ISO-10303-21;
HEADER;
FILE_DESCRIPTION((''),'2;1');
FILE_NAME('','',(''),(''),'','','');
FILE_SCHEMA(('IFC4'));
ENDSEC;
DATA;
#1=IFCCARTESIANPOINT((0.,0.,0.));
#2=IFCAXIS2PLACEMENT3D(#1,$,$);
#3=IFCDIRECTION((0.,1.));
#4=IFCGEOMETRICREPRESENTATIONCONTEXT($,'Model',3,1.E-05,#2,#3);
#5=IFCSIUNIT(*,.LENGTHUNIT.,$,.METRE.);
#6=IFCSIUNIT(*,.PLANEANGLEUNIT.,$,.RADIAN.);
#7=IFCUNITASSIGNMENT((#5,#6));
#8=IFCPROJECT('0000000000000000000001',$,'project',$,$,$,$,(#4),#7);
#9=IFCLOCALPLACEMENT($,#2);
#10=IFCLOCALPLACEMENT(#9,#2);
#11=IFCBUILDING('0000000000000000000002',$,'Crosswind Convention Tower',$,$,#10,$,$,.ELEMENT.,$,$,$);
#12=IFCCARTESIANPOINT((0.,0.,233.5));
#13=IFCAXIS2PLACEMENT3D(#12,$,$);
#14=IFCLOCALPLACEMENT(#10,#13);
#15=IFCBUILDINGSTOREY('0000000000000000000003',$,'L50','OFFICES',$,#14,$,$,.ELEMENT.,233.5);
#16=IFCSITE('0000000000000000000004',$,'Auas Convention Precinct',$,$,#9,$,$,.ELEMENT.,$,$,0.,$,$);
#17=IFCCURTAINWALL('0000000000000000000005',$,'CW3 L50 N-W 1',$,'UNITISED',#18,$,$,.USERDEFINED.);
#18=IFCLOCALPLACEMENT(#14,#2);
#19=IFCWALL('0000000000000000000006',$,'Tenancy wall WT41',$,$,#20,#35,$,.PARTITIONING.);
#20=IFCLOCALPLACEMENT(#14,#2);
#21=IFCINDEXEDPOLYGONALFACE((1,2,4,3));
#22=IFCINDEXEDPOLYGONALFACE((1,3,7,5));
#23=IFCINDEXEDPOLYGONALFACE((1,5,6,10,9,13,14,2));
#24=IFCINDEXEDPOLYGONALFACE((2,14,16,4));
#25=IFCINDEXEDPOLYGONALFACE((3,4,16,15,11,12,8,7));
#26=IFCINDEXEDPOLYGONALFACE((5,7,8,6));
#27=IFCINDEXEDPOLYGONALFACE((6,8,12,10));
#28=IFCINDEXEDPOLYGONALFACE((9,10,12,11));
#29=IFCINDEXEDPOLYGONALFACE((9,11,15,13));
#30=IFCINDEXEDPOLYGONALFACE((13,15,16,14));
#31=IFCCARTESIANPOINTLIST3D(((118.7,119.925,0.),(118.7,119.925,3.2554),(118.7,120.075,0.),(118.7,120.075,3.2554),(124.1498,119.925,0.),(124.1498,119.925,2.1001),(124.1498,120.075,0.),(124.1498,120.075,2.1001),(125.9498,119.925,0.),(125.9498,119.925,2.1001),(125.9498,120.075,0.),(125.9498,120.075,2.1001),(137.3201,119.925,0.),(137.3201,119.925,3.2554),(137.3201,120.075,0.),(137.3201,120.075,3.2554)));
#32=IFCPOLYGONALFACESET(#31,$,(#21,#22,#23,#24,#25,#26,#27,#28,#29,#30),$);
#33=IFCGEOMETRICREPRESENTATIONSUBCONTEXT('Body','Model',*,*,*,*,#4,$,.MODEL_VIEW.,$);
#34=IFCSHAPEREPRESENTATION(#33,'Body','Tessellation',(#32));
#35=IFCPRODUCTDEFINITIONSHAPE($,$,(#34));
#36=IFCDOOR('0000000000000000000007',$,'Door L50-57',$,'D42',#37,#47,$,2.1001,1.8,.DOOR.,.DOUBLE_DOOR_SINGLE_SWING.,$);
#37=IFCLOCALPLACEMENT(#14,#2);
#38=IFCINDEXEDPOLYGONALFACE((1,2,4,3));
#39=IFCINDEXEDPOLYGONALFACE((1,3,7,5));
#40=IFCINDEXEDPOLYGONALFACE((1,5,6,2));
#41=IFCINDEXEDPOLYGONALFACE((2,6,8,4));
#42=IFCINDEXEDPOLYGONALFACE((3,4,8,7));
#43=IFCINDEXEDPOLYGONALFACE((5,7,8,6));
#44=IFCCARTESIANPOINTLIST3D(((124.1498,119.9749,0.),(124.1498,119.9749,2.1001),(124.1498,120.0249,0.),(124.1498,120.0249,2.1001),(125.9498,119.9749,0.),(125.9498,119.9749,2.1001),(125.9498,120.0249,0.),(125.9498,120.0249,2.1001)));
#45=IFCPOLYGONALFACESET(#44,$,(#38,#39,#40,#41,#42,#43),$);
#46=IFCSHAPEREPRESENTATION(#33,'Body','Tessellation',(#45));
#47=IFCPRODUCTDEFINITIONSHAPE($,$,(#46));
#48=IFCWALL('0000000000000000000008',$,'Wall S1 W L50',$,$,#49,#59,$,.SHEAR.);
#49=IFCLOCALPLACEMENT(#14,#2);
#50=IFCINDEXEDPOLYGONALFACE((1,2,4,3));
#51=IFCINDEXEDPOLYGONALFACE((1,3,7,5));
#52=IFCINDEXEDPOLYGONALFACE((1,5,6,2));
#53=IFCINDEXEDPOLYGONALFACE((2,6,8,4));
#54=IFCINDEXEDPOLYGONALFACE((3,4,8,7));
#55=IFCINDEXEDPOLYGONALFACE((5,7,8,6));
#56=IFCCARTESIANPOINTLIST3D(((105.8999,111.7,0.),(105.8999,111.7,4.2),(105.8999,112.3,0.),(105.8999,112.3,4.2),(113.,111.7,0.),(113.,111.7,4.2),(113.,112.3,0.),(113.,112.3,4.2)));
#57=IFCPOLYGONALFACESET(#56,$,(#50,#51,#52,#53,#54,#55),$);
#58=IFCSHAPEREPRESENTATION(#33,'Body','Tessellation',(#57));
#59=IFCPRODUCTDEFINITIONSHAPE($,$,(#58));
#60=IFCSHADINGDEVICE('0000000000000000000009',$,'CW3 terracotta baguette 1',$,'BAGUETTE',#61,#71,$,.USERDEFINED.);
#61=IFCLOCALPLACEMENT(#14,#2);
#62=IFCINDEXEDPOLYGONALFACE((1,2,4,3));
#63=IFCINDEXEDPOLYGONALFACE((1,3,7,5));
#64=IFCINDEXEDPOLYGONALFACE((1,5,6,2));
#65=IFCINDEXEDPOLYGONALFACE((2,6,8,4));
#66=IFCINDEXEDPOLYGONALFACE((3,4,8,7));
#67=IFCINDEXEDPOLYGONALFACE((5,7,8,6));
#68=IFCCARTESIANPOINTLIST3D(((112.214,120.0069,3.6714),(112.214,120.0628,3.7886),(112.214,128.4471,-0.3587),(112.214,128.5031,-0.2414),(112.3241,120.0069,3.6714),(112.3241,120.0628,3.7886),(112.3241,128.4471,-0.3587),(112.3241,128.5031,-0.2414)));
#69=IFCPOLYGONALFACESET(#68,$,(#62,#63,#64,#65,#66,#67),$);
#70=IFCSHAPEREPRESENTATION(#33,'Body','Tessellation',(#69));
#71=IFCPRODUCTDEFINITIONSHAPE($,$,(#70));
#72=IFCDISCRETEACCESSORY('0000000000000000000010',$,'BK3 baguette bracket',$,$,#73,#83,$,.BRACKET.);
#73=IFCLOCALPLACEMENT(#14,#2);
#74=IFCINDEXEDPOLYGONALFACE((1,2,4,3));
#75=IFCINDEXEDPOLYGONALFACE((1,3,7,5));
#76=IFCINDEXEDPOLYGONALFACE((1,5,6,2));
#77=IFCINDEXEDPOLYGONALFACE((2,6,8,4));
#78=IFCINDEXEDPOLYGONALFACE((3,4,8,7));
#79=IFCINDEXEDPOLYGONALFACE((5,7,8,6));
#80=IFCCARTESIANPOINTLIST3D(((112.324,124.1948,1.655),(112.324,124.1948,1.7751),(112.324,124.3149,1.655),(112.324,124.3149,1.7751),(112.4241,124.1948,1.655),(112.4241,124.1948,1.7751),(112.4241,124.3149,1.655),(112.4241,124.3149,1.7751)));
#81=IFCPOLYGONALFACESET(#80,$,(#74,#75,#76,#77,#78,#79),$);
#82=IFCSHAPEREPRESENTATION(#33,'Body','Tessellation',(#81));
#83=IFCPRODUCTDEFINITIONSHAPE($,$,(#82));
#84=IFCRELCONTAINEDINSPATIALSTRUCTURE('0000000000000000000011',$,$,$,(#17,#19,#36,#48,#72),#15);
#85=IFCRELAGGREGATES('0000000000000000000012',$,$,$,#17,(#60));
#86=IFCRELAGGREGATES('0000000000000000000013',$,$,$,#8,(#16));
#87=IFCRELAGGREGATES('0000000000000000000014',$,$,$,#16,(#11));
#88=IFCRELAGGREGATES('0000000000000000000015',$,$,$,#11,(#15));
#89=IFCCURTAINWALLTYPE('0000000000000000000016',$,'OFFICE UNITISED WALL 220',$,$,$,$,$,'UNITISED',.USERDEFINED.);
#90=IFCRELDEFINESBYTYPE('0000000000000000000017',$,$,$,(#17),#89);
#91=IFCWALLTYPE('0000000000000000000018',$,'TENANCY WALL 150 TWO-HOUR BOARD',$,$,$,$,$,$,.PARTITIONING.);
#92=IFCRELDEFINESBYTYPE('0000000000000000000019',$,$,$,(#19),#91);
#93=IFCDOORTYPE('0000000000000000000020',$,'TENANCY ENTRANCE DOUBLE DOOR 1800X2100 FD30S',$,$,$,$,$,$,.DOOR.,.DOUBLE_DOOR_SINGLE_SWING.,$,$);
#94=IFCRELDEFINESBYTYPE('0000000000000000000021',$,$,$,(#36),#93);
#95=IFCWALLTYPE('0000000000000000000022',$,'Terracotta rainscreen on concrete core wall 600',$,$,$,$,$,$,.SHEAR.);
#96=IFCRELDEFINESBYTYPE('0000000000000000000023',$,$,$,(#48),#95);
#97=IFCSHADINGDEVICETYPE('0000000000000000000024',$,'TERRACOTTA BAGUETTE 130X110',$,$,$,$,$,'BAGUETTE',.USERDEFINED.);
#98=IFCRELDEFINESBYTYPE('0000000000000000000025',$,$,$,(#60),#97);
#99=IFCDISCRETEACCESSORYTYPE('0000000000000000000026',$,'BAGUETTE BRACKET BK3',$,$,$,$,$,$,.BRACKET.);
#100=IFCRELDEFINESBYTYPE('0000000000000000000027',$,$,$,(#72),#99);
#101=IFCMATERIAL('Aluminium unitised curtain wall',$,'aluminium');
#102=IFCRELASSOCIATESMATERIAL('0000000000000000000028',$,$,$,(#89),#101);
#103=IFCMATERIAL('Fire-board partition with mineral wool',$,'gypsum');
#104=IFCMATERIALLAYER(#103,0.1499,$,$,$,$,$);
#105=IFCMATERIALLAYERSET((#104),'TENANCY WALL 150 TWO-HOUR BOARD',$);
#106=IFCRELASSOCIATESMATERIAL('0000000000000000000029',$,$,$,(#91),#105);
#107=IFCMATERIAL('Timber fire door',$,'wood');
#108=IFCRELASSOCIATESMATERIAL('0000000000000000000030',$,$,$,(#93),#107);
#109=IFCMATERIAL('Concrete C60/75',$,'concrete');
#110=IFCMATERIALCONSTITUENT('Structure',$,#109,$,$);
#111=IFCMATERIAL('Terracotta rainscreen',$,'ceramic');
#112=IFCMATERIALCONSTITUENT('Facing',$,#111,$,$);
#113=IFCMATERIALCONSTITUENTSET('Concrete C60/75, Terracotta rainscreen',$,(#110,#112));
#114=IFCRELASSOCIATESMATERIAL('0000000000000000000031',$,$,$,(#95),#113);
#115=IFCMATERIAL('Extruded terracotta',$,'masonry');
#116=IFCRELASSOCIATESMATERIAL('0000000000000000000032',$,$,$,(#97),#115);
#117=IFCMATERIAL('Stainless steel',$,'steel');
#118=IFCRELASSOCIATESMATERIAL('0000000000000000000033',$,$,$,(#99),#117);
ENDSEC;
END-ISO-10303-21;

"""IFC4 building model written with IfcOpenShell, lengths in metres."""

from ifc_helpers import new_model, si_unit, direction, frame, frame_2d, origin, origin_2d, place, context, subcontext, project, spatial, rectangle, extrude, material, layer, layer_set, constituent, constituent_set, material_profile, profile_set, type_object, element, fill, aggregate, save


model = new_model("IFC4")

# Units and contexts
model_context = context("Model", 3, precision=1e-05, world=origin(), true_north=direction((0.0, 1.0)))
body_context = subcontext(model_context, "Body", "Model", "MODEL_VIEW")
ifc_project = project(units=[si_unit("LENGTHUNIT", "METRE"), si_unit("PLANEANGLEUNIT", "RADIAN")], contexts=[model_context])

# Site, building, storey
site_placement = place(None, origin())
site = spatial("IfcSite", under=ifc_project, at=site_placement, Name="Auas Convention Precinct", CompositionType="ELEMENT", RefElevation=0.0)
building_placement = place(site_placement, origin())
building = spatial("IfcBuilding", under=site, at=building_placement, Name="Crosswind Convention Tower", CompositionType="ELEMENT")
storey_placement = place(building_placement, frame((0.0, 0.0, 233.5)))
storey = spatial("IfcBuildingStorey", under=building, at=storey_placement, Name="L50", Description="OFFICES", CompositionType="ELEMENT", Elevation=233.5)

# Shared definitions
ifc_material_1 = material(Name="Concrete C60/75", Category="concrete")

# Shared definitions
ifc_material_2 = material(Name="Aluminium unitised curtain wall", Category="aluminium")
curtain_wall_type_1 = type_object("IfcCurtainWallType", Name="OFFICE UNITISED WALL 220", ElementType="UNITISED", PredefinedType="USERDEFINED", material=ifc_material_2)

# Curtain wall
curtain_wall_1_placement = place(storey_placement, origin())
curtain_wall_1 = element("IfcCurtainWall", 1, at=curtain_wall_1_placement, inside=storey, type_object=curtain_wall_type_1, Name="CW3 L50 N-W 1", ObjectType="UNITISED", PredefinedType="USERDEFINED")

# Shared definitions
ifc_material_3 = material(Name="Fire-board partition with mineral wool", Category="gypsum")
ifc_layer_1 = layer(ifc_material_3, 0.1499)
ifc_layer_set_1 = layer_set([ifc_layer_1], Name="TENANCY WALL 150 TWO-HOUR BOARD")
wall_type_1 = type_object("IfcWallType", Name="TENANCY WALL 150 TWO-HOUR BOARD", PredefinedType="PARTITIONING", material=ifc_layer_set_1)

# Wall, opening, door
wall_1_placement = place(storey_placement, frame((118.7, 120.0, 0.0), z_axis=(0.0, 0.0, 1.0), x_axis=(1.0, 0.0, 0.0)))
wall_1 = element("IfcWall", 2, at=wall_1_placement, inside=storey, type_object=wall_type_1, Name="Tenancy wall WT41", PredefinedType="PARTITIONING", context=body_context, shape_type="SweptSolid", body=[
    extrude(rectangle(XDim=18.6201, YDim=0.1499, at=frame_2d((9.3101, 0.0))), origin(), (0.0, 0.0, 1.0), 3.2554),
])
opening_placement = place(wall_1_placement, frame((5.45, 0.0, 0.0)))
opening = element("IfcOpeningElement", 3, at=opening_placement, cuts=wall_1, PredefinedType="OPENING", context=body_context, shape_type="SweptSolid", body=[
    extrude(rectangle(XDim=1.8, YDim=2.1001, at=frame_2d((0.8999, 1.05))), frame((0.0, 0.085, 0.0), z_axis=(0.0, -1.0, 0.0), x_axis=(1.0, 0.0, 0.0)), (0.0, 0.0, 1.0), 0.1699),
])
ifc_material_4 = material(Name="Timber fire door", Category="wood")
door_type = type_object("IfcDoorType", Name="TENANCY ENTRANCE DOUBLE DOOR 1800X2100 FD30S", OperationType="DOUBLE_DOOR_SINGLE_SWING", PredefinedType="DOOR", material=ifc_material_4)
door_placement = place(opening_placement, origin())
door = element("IfcDoor", 4, at=door_placement, inside=storey, type_object=door_type, Name="Door L50-57", ObjectType="D42", OperationType="DOUBLE_DOOR_SINGLE_SWING", OverallHeight=2.1001, OverallWidth=1.8, PredefinedType="DOOR", context=body_context, shape_type="SweptSolid", body=[
    extrude(rectangle(XDim=1.8, YDim=2.1001, at=frame_2d((0.8999, 1.05))), frame((0.0, 0.0249, 0.0), z_axis=(0.0, -1.0, 0.0), x_axis=(1.0, 0.0, 0.0)), (0.0, 0.0, 1.0), 0.05),
])
fill(opening, door)

# Wall
ifc_constituent_1 = constituent(ifc_material_1, Name="Structure")
ifc_material_5 = material(Name="Terracotta rainscreen", Category="ceramic")
ifc_constituent_2 = constituent(ifc_material_5, Name="Facing")
ifc_constituent_set = constituent_set(constituents=[ifc_constituent_1, ifc_constituent_2], Name="Concrete C60/75, Terracotta rainscreen")
wall_type_2 = type_object("IfcWallType", Name="Terracotta rainscreen on concrete core wall 600", PredefinedType="SHEAR", material=ifc_constituent_set)
wall_2_placement = place(storey_placement, frame((113.0, 112.0, 0.0), z_axis=(0.0, 0.0, 1.0), x_axis=(-1.0, 0.0, 0.0)))
element("IfcWall", 5, at=wall_2_placement, inside=storey, type_object=wall_type_2, Name="Wall S1 W L50", PredefinedType="SHEAR", context=body_context, shape_type="SweptSolid", body=[
    extrude(rectangle(XDim=7.1001, YDim=0.6001, at=frame_2d((3.55, 0.0))), origin(), (0.0, 0.0, 1.0), 4.2),
])

# Shading device
ifc_material_6 = material(Name="Extruded terracotta", Category="masonry")
ifc_material_profile_1 = material_profile(ifc_material_6, rectangle(XDim=0.1101, YDim=0.1299, at=origin_2d()), Name="TC 110X130")
ifc_profile_set_1 = profile_set([ifc_material_profile_1], Name="Extruded terracotta")
shading_device_type = type_object("IfcShadingDeviceType", Name="TERRACOTTA BAGUETTE 130X110", ElementType="BAGUETTE", PredefinedType="USERDEFINED", material=ifc_profile_set_1)
shading_device_placement = place(storey_placement, frame((112.269, 128.4751, -0.3), z_axis=(0.0, -0.902408, 0.430883), x_axis=(1.0, 0.0, 0.0)))
shading_device = element("IfcShadingDevice", 6, at=shading_device_placement, type_object=shading_device_type, Name="CW3 terracotta baguette 1", ObjectType="BAGUETTE", PredefinedType="USERDEFINED", context=body_context, shape_type="SweptSolid", body=[
    extrude(rectangle(XDim=0.1101, YDim=0.1299, at=origin_2d()), origin(), (0.0, 0.0, 1.0), 9.353),
])
aggregate(curtain_wall_1, [shading_device])

# Discrete accessory
ifc_material_7 = material(Name="Stainless steel", Category="steel")
discrete_accessory_type = type_object("IfcDiscreteAccessoryType", Name="BAGUETTE BRACKET BK3", PredefinedType="BRACKET", material=ifc_material_7)
discrete_accessory_placement = place(storey_placement, frame((112.374, 124.2549, 1.655), z_axis=(0.0, 0.0, 1.0), x_axis=(0.0, -1.0, 0.0)))
element("IfcDiscreteAccessory", 7, at=discrete_accessory_placement, inside=storey, type_object=discrete_accessory_type, Name="BK3 baguette bracket", PredefinedType="BRACKET", context=body_context, shape_type="SweptSolid", body=[
    extrude(rectangle(XDim=0.1201, YDim=0.1001, at=origin_2d()), origin(), (0.0, 0.0, 1.0), 0.1201),
])

save(model, "model.ifc")
